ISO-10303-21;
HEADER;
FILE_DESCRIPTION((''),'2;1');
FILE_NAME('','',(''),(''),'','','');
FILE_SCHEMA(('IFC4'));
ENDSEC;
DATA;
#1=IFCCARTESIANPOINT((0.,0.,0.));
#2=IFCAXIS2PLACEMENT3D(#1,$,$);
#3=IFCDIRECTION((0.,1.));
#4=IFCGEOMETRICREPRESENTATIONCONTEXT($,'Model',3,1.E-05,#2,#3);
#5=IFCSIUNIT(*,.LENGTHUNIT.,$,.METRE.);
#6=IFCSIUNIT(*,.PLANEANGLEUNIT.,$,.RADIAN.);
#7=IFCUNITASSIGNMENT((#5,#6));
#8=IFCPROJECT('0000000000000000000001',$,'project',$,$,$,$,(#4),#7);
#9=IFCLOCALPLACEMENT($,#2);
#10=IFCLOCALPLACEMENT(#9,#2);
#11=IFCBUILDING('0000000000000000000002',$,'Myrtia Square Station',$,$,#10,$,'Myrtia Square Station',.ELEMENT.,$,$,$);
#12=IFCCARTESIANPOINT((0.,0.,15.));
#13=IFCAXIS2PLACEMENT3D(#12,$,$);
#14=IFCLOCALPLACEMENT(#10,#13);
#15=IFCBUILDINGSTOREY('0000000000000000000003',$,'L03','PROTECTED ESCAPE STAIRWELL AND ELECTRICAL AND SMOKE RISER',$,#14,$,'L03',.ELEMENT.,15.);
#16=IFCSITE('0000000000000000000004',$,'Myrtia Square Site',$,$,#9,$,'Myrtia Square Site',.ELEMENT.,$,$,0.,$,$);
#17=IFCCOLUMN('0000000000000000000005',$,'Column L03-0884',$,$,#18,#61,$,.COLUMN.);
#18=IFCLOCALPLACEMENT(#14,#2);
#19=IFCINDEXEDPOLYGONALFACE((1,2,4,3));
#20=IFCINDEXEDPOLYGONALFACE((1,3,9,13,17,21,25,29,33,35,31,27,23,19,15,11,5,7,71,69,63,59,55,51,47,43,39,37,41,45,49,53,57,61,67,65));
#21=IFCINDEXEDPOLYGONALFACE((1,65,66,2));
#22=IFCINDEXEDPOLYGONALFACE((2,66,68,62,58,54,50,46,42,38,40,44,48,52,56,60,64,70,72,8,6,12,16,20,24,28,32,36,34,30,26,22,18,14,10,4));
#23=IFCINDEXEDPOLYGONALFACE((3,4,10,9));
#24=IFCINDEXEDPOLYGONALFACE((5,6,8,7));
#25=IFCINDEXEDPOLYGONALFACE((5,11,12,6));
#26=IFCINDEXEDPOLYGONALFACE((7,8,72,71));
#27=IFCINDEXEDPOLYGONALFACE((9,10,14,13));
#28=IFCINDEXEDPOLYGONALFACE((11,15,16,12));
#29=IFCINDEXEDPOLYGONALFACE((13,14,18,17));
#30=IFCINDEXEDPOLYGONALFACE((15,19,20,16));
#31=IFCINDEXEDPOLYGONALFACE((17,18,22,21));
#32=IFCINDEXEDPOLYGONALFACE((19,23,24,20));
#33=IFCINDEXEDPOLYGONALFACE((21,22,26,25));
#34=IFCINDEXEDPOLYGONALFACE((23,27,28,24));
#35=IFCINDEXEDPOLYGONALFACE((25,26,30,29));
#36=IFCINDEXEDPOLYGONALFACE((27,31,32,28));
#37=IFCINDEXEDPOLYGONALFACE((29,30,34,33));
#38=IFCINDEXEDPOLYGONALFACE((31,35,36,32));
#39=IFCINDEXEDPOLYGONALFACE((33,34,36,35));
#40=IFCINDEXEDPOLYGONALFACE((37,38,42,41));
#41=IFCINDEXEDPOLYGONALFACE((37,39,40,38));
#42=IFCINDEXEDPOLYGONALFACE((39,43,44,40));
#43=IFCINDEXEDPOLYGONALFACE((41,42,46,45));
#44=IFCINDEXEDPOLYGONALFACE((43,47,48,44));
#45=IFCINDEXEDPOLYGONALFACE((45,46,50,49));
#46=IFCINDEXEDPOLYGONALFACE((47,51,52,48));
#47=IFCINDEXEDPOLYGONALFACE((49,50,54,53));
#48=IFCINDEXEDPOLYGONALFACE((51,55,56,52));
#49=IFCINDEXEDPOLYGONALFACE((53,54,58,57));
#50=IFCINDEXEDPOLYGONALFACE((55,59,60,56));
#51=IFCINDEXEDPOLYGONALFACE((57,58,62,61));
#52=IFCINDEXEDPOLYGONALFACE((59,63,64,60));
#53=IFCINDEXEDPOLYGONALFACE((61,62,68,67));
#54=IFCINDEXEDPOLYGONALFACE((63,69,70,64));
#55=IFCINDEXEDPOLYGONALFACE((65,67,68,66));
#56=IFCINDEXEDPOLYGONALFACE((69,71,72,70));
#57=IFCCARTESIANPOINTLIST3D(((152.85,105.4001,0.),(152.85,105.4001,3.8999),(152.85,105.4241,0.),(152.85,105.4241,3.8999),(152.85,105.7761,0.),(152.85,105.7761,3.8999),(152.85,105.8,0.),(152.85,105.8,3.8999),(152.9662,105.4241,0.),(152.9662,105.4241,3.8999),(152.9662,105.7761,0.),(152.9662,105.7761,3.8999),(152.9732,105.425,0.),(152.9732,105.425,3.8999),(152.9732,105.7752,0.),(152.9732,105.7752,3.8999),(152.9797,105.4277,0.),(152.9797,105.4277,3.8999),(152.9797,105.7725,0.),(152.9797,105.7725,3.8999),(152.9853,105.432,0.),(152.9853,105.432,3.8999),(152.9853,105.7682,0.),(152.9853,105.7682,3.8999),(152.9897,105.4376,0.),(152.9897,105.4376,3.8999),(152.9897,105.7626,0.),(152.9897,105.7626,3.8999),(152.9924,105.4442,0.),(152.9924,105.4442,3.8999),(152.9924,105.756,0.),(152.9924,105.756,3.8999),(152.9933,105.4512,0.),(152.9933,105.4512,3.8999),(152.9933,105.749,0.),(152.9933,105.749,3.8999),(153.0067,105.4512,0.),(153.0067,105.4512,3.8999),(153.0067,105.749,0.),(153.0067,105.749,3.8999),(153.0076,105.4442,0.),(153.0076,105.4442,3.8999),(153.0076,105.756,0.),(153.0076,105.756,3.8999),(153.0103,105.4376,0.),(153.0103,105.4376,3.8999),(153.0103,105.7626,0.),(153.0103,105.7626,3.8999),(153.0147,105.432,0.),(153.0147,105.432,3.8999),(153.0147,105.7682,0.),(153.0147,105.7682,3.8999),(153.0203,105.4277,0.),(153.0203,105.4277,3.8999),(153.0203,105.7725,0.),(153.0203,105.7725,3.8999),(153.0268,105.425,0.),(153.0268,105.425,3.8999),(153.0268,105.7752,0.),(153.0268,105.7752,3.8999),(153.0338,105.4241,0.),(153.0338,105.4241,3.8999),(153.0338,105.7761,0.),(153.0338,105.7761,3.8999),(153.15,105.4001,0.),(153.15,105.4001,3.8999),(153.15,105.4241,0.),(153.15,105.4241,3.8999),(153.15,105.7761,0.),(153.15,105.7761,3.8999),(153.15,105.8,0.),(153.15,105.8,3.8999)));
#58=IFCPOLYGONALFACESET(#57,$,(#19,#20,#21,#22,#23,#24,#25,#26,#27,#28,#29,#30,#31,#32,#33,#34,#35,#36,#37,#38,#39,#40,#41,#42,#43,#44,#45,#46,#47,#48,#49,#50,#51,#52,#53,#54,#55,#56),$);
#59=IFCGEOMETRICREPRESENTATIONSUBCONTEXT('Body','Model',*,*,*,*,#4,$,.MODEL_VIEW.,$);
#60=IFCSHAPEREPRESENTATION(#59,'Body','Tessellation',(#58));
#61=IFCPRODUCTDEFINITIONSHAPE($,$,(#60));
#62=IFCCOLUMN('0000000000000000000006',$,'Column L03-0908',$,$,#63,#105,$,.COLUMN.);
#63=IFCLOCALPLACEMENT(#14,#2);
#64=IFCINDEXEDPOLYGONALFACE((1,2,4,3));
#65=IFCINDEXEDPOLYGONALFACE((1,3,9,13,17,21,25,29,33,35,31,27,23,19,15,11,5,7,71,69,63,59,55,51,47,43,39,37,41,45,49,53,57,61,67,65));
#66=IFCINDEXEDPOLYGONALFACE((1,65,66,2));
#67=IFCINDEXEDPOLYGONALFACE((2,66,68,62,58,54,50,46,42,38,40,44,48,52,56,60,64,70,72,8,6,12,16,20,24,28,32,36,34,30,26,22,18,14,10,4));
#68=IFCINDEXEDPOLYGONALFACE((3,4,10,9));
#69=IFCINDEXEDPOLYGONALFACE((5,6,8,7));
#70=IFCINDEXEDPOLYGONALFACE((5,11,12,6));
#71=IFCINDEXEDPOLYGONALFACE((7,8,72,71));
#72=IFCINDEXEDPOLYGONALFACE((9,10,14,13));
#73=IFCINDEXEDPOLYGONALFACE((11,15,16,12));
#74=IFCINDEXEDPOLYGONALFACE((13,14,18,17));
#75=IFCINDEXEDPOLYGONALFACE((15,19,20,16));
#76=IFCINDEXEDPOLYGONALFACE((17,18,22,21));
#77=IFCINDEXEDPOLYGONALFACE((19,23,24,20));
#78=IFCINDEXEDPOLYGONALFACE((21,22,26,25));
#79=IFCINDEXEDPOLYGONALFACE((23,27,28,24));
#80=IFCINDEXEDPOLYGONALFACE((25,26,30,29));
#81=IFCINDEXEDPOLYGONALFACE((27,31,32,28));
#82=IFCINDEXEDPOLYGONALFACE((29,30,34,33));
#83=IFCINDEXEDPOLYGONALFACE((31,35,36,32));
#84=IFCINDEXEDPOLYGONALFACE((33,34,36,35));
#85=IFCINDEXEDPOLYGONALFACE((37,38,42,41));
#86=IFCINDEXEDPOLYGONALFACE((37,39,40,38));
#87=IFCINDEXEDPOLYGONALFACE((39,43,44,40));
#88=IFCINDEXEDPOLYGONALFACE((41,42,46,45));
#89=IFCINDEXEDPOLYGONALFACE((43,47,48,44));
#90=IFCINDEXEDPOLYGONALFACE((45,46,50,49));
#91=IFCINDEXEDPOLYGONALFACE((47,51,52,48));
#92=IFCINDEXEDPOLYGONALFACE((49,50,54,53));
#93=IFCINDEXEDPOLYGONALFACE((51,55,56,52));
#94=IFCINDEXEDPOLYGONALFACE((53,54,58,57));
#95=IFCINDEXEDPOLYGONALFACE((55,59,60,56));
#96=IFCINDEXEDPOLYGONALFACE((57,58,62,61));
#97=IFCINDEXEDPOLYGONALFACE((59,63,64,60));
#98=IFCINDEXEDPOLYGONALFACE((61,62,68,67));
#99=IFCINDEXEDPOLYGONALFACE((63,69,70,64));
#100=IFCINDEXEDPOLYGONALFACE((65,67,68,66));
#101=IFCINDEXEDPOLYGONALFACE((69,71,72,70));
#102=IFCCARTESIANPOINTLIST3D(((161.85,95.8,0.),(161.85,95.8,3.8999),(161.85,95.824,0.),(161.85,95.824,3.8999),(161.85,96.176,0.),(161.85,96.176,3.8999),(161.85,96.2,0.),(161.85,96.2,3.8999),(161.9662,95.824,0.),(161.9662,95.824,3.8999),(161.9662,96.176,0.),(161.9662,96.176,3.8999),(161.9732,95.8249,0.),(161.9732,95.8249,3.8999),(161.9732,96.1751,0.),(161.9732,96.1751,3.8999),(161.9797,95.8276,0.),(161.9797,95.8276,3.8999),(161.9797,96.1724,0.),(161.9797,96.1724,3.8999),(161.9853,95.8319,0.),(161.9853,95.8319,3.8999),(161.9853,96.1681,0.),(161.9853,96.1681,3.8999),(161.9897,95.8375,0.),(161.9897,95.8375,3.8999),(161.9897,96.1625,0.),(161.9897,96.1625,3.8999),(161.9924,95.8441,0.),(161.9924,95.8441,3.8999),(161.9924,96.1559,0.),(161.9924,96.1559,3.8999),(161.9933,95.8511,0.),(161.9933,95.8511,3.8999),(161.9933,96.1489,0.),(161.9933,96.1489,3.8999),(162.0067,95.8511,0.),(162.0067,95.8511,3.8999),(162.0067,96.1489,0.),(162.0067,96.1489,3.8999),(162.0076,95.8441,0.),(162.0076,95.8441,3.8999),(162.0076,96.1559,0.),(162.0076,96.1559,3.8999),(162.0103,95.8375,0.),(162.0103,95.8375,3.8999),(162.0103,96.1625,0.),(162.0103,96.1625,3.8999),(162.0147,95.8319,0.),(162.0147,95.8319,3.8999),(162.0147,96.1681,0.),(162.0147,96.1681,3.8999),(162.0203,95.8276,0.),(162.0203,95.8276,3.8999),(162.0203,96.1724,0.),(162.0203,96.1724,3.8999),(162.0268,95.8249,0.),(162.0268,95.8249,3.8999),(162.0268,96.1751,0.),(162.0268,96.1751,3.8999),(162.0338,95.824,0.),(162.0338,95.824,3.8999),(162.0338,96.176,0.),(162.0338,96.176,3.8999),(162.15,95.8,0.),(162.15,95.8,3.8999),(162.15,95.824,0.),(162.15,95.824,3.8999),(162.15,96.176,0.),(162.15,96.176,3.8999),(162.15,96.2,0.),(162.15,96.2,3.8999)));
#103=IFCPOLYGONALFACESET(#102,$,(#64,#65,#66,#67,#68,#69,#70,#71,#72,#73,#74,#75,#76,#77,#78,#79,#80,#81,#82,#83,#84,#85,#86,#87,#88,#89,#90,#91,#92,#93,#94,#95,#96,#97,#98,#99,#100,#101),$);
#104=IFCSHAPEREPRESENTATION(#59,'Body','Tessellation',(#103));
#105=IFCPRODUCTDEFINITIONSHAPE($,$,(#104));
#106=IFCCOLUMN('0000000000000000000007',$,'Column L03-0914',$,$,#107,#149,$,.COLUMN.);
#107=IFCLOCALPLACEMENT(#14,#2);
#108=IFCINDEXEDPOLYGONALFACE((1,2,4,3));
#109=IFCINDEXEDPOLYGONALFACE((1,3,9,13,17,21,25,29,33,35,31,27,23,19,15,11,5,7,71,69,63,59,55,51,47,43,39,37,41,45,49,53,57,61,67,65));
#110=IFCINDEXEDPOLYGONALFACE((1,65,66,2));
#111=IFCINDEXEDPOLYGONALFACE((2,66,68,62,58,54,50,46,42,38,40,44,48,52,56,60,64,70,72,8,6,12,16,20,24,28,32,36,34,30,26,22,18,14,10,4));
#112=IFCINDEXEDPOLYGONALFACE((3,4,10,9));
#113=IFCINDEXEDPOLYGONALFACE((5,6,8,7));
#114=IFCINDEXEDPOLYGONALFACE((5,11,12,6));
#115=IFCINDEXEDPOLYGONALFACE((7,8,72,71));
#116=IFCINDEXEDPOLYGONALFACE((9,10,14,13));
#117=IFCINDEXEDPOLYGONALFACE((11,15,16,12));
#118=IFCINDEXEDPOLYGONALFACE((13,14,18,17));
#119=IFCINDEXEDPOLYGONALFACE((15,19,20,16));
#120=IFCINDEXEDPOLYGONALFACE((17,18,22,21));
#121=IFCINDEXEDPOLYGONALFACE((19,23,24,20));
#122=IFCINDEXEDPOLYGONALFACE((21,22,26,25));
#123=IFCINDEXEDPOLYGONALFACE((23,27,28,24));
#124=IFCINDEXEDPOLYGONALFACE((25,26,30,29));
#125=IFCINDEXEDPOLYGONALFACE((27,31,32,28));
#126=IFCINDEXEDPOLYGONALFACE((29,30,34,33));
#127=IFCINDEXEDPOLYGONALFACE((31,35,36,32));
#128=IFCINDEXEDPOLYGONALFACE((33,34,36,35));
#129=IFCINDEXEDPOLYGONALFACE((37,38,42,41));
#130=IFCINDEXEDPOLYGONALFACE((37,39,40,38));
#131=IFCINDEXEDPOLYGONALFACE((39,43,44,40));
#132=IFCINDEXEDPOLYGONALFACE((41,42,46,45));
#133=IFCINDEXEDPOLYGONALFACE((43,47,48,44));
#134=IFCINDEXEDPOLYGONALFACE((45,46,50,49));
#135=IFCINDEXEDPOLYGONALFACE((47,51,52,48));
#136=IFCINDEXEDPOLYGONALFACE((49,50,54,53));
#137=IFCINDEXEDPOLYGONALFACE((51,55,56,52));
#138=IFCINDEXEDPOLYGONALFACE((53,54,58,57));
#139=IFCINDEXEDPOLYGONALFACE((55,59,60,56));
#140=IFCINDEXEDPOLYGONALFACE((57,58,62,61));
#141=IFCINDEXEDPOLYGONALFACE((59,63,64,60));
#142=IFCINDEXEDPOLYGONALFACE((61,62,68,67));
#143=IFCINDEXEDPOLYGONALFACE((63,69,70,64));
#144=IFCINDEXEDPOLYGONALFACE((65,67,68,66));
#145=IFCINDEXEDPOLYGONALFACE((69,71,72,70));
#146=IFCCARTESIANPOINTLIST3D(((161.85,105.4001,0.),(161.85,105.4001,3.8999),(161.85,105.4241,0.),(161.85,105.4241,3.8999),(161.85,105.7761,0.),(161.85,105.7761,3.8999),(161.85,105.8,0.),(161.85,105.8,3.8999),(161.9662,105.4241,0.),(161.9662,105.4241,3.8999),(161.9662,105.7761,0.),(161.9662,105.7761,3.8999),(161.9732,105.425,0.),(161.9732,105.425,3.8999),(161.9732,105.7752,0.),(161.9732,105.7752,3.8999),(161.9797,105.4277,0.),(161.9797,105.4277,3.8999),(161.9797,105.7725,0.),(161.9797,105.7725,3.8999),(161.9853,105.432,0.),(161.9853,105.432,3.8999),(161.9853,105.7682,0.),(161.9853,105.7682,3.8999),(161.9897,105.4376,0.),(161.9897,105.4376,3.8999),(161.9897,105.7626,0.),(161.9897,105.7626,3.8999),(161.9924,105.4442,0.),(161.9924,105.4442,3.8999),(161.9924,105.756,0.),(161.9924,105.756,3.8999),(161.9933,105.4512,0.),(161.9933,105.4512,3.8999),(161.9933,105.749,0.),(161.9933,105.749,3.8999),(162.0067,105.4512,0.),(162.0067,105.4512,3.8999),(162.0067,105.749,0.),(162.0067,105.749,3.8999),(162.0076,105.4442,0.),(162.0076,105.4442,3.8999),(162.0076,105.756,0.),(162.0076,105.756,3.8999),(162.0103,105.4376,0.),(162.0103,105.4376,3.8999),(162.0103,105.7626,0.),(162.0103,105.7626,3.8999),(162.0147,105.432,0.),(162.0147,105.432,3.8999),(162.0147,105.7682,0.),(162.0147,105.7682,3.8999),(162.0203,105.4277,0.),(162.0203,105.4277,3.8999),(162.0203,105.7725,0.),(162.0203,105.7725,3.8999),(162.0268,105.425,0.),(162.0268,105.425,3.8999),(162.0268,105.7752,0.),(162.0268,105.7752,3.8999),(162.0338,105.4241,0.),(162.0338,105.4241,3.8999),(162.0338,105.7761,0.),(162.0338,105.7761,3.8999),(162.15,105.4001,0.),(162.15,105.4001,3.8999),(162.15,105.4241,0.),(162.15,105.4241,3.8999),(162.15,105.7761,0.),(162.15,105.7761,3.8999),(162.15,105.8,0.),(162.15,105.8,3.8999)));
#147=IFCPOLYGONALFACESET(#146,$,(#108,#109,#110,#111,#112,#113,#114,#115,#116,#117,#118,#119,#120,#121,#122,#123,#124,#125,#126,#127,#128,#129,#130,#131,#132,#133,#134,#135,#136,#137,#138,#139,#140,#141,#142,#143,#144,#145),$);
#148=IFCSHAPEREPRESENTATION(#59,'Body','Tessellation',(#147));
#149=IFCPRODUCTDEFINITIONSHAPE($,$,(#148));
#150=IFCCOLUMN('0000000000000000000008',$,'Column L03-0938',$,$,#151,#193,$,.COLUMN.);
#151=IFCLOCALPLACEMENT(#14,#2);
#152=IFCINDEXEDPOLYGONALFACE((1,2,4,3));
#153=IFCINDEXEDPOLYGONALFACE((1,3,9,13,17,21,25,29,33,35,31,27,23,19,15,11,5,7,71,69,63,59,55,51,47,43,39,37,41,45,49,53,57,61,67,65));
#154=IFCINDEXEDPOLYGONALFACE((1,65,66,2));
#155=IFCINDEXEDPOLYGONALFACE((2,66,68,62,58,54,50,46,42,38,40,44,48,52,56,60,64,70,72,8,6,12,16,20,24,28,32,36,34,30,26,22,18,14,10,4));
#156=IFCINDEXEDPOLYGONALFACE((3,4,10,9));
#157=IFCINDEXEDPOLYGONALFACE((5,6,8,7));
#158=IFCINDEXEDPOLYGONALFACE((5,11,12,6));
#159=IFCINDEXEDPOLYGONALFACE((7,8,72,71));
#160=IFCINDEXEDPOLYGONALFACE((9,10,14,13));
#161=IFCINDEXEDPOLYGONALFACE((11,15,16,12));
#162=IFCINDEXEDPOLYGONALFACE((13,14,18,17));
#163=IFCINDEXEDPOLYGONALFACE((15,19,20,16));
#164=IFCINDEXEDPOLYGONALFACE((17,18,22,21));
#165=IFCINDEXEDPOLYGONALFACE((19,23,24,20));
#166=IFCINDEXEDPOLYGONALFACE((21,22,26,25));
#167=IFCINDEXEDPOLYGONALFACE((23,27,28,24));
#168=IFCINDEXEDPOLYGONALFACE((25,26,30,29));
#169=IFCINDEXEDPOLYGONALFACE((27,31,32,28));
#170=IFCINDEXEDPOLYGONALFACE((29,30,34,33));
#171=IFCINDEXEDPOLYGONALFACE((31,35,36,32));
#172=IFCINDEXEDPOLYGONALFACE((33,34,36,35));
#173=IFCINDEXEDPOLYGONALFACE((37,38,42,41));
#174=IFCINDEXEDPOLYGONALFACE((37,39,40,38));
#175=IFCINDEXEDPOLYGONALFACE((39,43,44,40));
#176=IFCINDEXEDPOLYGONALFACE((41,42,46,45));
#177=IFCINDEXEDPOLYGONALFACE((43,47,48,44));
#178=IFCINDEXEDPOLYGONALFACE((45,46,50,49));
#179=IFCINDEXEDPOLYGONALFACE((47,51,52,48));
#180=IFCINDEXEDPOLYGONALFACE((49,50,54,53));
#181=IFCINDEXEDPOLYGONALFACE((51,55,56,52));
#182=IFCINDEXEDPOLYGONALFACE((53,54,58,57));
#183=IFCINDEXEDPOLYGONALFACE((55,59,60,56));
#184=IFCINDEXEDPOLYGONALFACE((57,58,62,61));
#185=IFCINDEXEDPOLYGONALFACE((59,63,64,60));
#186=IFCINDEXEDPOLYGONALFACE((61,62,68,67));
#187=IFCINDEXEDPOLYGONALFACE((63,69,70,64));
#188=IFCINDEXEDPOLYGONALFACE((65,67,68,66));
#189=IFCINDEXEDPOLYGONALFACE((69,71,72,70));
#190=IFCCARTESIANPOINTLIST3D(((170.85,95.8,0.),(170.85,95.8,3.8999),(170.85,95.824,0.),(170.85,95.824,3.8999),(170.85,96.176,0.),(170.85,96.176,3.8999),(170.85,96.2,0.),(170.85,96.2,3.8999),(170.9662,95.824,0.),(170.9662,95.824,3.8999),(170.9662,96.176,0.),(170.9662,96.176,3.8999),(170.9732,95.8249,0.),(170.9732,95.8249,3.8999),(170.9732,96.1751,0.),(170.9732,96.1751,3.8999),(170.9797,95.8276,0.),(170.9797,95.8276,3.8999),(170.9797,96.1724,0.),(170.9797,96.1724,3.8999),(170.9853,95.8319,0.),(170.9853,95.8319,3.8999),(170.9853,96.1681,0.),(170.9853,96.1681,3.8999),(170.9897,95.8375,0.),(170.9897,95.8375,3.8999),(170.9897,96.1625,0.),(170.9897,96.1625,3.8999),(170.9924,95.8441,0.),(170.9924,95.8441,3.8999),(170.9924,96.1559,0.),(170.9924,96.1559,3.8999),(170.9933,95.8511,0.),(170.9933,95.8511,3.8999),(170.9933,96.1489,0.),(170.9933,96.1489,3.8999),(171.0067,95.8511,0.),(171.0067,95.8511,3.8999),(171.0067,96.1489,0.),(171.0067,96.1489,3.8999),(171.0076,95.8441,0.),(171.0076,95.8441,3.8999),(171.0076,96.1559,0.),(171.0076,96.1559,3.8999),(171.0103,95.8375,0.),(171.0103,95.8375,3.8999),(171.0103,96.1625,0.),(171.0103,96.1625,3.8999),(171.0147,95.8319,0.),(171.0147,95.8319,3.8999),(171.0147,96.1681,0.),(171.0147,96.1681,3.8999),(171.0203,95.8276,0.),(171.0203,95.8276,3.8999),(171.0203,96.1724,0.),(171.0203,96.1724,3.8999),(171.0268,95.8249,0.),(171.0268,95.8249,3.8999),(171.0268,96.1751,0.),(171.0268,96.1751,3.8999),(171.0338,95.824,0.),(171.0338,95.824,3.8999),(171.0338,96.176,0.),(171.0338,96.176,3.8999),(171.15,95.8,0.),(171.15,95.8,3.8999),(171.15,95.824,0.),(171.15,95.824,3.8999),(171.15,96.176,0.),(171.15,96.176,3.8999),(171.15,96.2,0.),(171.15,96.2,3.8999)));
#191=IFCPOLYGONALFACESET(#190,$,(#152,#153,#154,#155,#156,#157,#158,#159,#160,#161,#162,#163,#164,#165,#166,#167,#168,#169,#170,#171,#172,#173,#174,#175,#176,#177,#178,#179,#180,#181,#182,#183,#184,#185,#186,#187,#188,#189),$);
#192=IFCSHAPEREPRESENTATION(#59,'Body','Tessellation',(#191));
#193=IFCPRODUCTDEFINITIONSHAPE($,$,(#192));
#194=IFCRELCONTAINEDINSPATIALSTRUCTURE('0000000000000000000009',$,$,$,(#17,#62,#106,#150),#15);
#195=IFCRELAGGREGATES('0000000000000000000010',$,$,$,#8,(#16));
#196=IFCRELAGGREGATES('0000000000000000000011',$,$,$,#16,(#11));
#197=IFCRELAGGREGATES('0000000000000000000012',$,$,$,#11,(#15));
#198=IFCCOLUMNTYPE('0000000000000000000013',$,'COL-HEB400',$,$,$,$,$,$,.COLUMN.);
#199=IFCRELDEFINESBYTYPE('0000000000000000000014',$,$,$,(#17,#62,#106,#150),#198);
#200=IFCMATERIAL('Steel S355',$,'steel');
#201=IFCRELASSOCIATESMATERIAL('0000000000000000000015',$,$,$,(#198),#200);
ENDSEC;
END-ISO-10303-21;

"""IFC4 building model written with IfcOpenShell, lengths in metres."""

from ifc_helpers import new_model, si_unit, direction, frame, origin, origin_2d, place, context, subcontext, project, spatial, i_section, extrude, material, material_profile, profile_set, type_object, element, save


model = new_model("IFC4")

# Units and contexts
model_context = context("Model", 3, precision=1e-05, world=origin(), true_north=direction((0.0, 1.0)))
body_context = subcontext(model_context, "Body", "Model", "MODEL_VIEW")
ifc_project = project(units=[si_unit("LENGTHUNIT", "METRE"), si_unit("PLANEANGLEUNIT", "RADIAN")], contexts=[model_context])

# Site, building, storey
site_placement = place(None, origin())
site = spatial("IfcSite", under=ifc_project, at=site_placement, Name="Myrtia Square Site", LongName="Myrtia Square Site", CompositionType="ELEMENT", RefElevation=0.0)
building_placement = place(site_placement, origin())
building = spatial("IfcBuilding", under=site, at=building_placement, Name="Myrtia Square Station", LongName="Myrtia Square Station", CompositionType="ELEMENT")
storey_placement = place(building_placement, frame((0.0, 0.0, 15.0)))
storey = spatial("IfcBuildingStorey", under=building, at=storey_placement, Name="L03", Description="PROTECTED ESCAPE STAIRWELL AND ELECTRICAL AND SMOKE RISER", LongName="L03", CompositionType="ELEMENT", Elevation=15.0)

# Columns
ifc_material_1 = material(Name="Steel S355", Category="steel")
ifc_material_profile_1 = material_profile(ifc_material_1, i_section(OverallWidth=0.3, OverallDepth=0.3999, WebThickness=0.0134, FlangeThickness=0.0239, FilletRadius=0.0271, at=origin_2d()), Name="HEB 400")
ifc_profile_set_1 = profile_set([ifc_material_profile_1], Name="Steel S355")
column_type = type_object("IfcColumnType", Name="COL-HEB400", PredefinedType="COLUMN", material=ifc_profile_set_1)
for number, where, z_axis, x_axis, name in (
    (1, (153.0, 105.6001, 0.0), (0.0, 0.0, 1.0), (1.0, 0.0, 0.0), "Column L03-0884"),
    (2, (162.0, 96.0, 0.0), (0.0, 0.0, 1.0), (1.0, 0.0, 0.0), "Column L03-0908"),
    (3, (162.0, 105.6001, 0.0), (0.0, 0.0, 1.0), (1.0, 0.0, 0.0), "Column L03-0914"),
    (4, (171.0, 96.0, 0.0), (0.0, 0.0, 1.0), (1.0, 0.0, 0.0), "Column L03-0938"),
):
    element("IfcColumn", number, at=place(storey_placement, frame(where, z_axis=z_axis, x_axis=x_axis)), inside=storey, type_object=column_type, Name=name, PredefinedType="COLUMN", context=body_context, shape_type="SweptSolid", body=[
        extrude(i_section(OverallWidth=0.3, OverallDepth=0.3999, WebThickness=0.0134, FlangeThickness=0.0239, FilletRadius=0.0271, at=origin_2d()), origin(), (0.0, 0.0, 1.0), 3.8999),
    ])

save(model, "model.ifc")
